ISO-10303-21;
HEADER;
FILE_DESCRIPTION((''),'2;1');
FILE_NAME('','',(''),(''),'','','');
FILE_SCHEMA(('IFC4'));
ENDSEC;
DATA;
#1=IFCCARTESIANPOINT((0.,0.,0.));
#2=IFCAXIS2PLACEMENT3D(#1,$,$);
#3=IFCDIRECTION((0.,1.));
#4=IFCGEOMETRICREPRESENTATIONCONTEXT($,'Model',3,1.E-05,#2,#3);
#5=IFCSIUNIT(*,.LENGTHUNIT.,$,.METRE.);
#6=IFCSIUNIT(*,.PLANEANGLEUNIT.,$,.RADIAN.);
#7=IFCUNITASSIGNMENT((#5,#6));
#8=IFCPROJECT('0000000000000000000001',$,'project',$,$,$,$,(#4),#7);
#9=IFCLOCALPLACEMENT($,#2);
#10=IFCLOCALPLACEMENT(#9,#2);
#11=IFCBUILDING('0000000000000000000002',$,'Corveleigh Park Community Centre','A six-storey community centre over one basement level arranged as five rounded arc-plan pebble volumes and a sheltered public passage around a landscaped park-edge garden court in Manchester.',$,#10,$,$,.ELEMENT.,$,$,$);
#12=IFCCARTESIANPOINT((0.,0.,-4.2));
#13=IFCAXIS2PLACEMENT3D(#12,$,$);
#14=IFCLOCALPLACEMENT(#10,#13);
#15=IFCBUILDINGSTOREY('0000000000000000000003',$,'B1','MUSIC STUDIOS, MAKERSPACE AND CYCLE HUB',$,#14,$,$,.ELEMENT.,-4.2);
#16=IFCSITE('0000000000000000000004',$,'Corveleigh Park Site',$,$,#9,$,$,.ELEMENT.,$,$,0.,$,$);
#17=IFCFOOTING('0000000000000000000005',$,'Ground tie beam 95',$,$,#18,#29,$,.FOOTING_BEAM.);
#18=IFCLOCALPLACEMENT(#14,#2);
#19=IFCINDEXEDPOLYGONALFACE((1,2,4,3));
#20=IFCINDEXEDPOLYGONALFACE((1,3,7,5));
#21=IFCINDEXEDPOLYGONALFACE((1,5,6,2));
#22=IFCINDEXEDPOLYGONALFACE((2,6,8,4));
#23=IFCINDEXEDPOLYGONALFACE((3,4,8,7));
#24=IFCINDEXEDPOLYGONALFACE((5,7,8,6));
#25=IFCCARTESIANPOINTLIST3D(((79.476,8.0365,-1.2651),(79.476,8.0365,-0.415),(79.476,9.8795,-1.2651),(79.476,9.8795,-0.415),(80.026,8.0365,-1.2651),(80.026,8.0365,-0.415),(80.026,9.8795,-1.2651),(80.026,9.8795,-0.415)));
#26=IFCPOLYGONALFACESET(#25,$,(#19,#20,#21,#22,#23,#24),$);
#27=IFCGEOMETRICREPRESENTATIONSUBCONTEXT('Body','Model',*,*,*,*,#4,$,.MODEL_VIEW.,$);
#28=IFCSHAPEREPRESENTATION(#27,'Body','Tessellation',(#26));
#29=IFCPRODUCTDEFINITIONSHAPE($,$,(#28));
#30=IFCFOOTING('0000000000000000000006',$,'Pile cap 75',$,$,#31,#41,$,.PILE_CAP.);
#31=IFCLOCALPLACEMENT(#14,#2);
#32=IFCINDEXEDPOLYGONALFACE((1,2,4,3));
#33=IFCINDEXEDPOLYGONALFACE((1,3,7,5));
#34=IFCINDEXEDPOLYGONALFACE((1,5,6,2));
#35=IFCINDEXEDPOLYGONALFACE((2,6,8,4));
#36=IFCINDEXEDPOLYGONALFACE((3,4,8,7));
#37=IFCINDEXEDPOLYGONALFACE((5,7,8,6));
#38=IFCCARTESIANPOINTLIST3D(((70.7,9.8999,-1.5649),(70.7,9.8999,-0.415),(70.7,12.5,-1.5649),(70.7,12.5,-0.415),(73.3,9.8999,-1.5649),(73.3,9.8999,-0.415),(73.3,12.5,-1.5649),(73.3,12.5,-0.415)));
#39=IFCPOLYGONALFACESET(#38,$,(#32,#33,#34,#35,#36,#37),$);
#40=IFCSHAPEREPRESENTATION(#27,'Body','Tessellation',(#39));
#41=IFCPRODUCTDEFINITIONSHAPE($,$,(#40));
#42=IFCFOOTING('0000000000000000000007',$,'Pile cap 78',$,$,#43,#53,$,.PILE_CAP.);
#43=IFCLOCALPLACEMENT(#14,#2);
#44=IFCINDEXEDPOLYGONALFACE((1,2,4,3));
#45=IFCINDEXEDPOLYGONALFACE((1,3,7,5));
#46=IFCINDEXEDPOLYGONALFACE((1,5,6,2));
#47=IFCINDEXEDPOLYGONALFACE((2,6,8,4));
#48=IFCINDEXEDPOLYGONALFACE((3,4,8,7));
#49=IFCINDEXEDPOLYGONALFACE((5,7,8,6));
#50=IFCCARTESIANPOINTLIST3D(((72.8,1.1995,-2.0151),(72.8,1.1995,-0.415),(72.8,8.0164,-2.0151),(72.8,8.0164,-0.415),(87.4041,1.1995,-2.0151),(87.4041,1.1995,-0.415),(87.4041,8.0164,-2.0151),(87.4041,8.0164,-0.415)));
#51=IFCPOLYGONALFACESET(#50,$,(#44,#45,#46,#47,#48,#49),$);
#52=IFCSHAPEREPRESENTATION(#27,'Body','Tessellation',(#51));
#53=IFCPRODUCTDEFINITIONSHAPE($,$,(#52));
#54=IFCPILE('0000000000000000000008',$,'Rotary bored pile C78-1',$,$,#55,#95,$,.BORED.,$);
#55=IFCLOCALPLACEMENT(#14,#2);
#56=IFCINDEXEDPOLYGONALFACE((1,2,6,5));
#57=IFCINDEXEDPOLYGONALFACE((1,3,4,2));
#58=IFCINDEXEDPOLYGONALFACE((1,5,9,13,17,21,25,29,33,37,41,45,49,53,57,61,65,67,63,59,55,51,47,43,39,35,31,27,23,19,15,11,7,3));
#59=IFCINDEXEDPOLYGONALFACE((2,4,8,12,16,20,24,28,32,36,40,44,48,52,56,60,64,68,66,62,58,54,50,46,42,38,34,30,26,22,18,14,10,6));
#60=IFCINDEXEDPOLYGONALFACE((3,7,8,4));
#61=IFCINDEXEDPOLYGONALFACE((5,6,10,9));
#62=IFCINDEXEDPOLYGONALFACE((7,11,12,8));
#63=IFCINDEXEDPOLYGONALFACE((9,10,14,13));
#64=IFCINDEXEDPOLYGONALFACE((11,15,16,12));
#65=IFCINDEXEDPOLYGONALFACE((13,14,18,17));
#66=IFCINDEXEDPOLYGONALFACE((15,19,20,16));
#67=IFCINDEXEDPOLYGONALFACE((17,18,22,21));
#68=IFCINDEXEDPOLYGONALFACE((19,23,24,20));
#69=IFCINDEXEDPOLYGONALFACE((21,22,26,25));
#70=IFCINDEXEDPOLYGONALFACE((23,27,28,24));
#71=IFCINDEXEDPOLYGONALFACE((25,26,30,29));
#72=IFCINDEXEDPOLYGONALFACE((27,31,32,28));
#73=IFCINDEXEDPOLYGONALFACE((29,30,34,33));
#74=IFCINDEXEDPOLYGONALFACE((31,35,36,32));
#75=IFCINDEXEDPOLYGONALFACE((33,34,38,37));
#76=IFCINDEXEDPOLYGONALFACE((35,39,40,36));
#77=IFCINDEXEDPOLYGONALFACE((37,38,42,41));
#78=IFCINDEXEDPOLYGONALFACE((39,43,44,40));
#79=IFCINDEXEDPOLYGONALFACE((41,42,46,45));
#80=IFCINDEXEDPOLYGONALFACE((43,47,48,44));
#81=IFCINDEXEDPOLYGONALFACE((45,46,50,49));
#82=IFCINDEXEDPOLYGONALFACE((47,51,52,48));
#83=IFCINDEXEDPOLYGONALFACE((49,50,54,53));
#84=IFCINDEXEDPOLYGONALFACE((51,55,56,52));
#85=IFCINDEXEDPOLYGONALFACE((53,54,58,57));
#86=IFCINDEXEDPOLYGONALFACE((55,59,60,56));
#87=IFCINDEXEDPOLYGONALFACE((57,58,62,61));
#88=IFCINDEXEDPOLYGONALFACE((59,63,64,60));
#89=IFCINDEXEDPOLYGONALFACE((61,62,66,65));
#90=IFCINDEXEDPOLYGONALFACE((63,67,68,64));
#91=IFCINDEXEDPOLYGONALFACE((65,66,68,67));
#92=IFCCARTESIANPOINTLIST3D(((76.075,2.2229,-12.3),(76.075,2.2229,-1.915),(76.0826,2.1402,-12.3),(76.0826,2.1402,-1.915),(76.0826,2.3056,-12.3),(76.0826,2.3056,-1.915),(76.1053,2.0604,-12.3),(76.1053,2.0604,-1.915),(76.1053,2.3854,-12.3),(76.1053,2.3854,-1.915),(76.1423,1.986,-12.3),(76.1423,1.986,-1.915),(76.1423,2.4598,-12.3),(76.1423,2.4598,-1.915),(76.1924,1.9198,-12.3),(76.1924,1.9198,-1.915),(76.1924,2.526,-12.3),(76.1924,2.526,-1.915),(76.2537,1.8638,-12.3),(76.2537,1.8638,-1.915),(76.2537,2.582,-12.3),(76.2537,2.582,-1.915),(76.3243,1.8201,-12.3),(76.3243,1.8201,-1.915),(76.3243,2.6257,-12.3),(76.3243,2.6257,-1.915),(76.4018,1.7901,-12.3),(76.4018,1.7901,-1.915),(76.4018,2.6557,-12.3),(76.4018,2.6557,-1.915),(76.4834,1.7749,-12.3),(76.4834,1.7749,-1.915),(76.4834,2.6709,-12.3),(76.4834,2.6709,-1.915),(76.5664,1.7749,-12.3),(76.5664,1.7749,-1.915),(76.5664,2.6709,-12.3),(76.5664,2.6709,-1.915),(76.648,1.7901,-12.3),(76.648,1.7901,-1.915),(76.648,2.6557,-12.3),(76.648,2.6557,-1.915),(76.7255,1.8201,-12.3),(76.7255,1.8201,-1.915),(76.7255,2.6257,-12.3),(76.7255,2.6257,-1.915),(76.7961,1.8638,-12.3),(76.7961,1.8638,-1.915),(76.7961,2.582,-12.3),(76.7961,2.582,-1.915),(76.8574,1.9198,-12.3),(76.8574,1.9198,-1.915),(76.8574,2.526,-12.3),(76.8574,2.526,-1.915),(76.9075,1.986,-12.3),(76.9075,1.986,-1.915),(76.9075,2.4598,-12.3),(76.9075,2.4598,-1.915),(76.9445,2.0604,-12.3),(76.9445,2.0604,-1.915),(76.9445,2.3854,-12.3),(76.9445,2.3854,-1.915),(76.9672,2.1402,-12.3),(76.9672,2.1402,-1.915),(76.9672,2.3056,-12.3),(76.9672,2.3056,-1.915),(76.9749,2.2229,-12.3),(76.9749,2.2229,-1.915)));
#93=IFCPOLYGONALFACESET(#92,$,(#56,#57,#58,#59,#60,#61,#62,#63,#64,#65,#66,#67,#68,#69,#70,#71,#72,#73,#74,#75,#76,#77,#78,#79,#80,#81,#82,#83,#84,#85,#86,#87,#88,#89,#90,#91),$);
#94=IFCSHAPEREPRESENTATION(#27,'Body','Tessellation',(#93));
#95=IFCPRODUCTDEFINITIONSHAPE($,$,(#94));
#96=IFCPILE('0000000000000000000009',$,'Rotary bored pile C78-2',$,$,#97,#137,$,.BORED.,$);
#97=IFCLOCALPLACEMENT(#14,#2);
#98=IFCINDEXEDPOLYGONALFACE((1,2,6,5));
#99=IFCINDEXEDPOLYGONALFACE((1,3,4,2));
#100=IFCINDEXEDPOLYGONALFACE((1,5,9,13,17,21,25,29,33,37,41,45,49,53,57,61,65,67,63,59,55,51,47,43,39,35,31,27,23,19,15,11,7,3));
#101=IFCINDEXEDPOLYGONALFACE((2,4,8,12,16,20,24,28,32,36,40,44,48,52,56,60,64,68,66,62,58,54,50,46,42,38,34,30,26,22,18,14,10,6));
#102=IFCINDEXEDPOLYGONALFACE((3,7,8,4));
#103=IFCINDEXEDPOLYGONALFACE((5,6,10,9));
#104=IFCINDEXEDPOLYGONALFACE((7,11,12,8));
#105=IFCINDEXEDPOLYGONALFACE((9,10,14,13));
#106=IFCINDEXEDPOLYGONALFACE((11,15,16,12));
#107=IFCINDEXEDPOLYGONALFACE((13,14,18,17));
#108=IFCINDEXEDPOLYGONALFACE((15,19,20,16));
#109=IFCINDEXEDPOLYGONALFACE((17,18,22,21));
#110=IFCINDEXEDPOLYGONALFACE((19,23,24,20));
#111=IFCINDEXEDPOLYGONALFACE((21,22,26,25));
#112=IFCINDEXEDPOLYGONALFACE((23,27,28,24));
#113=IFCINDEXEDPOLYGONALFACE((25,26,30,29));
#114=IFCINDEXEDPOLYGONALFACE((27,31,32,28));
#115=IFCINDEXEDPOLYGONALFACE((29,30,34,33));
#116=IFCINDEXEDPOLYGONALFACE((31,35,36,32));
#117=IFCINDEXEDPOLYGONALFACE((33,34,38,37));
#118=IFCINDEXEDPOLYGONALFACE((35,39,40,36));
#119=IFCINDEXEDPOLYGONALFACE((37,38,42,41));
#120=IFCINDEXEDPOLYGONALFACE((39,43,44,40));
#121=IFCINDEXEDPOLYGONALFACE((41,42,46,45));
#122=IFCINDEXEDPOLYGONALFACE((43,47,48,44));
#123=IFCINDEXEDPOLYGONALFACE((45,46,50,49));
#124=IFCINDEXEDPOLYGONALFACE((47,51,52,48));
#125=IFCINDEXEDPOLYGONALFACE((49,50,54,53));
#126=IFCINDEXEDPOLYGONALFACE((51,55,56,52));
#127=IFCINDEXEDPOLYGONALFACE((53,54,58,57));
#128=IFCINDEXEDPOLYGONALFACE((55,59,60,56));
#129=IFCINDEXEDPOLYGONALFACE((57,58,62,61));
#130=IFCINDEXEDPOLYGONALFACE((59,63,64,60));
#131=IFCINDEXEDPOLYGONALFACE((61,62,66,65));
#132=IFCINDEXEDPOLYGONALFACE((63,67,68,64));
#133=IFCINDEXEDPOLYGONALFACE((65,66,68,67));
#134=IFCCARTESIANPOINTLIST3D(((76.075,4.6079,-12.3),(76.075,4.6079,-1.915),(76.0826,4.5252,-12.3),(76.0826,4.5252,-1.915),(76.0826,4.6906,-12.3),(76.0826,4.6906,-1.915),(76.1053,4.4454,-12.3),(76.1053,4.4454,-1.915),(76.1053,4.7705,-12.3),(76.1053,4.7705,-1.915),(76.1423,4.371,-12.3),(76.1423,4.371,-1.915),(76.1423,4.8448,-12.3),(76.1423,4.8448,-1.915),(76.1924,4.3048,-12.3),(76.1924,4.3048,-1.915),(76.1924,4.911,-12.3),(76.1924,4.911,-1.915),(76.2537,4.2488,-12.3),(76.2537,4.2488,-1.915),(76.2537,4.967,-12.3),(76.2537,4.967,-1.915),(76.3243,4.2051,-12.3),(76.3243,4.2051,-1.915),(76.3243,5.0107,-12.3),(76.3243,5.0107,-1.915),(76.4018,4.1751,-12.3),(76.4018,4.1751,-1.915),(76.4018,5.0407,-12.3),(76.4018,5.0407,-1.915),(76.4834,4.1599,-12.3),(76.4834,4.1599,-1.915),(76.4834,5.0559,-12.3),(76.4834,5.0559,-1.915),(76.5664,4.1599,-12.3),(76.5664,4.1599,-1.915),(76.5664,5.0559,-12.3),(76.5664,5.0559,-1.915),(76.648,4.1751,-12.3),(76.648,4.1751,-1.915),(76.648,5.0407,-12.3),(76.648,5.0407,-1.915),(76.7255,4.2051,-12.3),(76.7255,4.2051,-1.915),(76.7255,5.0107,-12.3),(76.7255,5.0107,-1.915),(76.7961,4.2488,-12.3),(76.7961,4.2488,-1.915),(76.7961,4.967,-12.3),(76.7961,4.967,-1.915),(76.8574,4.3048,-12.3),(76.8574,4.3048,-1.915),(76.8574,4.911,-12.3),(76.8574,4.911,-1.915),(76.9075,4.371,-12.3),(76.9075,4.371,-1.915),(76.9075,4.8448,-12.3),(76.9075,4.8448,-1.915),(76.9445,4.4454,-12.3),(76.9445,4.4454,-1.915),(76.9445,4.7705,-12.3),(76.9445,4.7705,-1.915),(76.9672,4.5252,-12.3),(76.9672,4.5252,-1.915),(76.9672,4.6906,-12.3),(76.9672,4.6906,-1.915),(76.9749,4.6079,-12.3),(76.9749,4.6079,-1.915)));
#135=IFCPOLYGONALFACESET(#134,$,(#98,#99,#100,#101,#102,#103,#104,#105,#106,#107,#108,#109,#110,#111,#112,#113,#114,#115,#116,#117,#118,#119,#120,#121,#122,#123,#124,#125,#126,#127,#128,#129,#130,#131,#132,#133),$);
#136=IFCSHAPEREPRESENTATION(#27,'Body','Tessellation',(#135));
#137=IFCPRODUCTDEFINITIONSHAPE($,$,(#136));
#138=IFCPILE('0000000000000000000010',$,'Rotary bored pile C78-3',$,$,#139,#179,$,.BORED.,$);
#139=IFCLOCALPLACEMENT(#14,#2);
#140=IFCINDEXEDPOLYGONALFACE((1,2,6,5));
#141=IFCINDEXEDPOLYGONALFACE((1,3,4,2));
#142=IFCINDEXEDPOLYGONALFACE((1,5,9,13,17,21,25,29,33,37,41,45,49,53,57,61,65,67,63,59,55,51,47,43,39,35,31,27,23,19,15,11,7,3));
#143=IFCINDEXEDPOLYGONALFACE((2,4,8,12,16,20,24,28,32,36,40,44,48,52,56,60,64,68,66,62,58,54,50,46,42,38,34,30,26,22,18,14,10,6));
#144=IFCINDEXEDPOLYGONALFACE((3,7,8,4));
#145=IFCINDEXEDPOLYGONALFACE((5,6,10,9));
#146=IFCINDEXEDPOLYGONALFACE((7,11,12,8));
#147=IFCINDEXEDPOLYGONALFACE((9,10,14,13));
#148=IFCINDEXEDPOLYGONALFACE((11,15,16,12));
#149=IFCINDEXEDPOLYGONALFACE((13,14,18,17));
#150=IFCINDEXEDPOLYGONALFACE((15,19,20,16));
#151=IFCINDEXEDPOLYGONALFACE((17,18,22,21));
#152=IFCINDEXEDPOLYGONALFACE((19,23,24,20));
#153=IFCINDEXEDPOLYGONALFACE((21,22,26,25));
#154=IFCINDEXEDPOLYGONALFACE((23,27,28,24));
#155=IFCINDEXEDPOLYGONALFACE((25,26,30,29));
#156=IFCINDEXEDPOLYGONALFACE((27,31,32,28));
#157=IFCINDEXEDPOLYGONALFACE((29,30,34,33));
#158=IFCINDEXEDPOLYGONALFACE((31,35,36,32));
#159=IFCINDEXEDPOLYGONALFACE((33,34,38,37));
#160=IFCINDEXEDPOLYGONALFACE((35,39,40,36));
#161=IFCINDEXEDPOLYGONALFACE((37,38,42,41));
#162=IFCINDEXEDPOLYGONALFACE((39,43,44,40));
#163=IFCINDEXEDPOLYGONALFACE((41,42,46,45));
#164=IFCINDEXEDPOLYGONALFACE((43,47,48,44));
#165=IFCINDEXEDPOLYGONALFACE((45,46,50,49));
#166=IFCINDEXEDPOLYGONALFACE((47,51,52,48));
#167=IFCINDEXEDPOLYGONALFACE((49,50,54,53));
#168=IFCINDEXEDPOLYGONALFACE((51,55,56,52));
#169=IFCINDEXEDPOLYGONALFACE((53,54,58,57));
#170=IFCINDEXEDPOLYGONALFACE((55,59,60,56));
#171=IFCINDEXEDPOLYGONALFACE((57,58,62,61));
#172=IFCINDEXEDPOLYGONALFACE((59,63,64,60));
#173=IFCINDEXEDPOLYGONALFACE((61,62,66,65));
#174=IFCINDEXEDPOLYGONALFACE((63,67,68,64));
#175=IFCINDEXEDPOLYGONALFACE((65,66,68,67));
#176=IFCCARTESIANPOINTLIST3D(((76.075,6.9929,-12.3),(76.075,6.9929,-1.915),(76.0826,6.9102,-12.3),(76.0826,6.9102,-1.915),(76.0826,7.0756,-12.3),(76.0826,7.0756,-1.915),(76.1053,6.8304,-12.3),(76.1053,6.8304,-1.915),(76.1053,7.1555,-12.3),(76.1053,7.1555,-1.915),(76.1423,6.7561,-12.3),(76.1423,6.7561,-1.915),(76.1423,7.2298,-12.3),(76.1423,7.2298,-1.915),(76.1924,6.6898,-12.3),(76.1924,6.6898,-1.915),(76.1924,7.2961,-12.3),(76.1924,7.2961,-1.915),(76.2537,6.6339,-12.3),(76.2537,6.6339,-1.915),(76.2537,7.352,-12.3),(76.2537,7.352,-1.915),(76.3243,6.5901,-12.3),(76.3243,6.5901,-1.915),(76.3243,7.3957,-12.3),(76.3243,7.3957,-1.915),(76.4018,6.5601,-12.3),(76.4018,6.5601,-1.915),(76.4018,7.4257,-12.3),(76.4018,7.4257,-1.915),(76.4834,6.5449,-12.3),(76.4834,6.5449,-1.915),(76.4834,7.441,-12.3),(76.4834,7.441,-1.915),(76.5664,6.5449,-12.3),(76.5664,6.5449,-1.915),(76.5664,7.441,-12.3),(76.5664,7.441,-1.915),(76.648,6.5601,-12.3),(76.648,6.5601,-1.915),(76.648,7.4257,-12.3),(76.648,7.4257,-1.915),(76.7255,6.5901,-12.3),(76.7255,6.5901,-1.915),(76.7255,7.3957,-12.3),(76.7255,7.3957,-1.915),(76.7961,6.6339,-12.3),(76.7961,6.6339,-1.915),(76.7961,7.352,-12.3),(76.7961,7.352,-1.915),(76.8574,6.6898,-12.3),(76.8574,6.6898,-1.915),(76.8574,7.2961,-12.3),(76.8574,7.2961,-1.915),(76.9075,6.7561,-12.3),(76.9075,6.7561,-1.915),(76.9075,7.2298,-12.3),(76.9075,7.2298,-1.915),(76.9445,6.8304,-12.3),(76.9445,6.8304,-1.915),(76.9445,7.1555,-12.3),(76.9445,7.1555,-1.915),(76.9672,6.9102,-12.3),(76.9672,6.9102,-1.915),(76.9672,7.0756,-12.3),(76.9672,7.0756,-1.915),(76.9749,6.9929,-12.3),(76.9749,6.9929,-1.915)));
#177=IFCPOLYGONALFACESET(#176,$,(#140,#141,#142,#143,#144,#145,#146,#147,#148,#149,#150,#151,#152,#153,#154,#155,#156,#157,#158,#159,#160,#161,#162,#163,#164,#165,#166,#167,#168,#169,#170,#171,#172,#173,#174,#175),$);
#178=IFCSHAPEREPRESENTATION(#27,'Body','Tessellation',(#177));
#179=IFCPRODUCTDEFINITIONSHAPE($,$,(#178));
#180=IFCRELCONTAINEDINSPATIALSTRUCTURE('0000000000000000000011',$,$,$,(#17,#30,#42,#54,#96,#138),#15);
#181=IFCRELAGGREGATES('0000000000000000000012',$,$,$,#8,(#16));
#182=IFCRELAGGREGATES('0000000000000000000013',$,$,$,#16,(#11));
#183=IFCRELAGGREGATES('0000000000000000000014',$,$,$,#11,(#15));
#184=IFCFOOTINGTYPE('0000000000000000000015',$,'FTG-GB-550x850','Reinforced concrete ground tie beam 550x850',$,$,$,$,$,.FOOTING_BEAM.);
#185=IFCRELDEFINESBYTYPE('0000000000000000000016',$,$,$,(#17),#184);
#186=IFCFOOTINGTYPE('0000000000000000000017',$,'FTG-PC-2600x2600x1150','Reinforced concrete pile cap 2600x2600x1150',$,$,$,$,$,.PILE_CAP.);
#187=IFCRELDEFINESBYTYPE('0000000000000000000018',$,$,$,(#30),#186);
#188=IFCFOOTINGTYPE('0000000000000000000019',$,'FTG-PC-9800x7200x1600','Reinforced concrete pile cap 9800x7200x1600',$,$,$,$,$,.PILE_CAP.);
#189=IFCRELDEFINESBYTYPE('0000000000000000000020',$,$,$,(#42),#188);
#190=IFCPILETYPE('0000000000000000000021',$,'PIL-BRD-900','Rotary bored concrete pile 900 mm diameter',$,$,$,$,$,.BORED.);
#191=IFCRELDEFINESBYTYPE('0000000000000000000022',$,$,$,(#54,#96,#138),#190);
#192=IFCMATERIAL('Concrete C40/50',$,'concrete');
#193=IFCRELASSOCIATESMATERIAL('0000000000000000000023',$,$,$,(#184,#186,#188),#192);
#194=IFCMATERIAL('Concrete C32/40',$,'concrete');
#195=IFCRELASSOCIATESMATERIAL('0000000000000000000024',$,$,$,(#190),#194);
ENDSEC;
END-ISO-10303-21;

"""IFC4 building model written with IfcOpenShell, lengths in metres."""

from ifc_helpers import new_model, si_unit, direction, frame, origin, origin_2d, place, context, subcontext, project, spatial, rectangle, circle, extrude, material, material_profile, profile_set, type_object, element, save


model = new_model("IFC4")

# Units and contexts
model_context = context("Model", 3, precision=1e-05, world=origin(), true_north=direction((0.0, 1.0)))
body_context = subcontext(model_context, "Body", "Model", "MODEL_VIEW")
ifc_project = project(units=[si_unit("LENGTHUNIT", "METRE"), si_unit("PLANEANGLEUNIT", "RADIAN")], contexts=[model_context])

# Site, building, storey
site_placement = place(None, origin())
site = spatial("IfcSite", under=ifc_project, at=site_placement, Name="Corveleigh Park Site", CompositionType="ELEMENT", RefElevation=0.0)
building_placement = place(site_placement, origin())
building = spatial("IfcBuilding", under=site, at=building_placement, Name="Corveleigh Park Community Centre", Description="A six-storey community centre over one basement level arranged as five rounded arc-plan pebble volumes and a sheltered public passage around a landscaped park-edge garden court in Manchester.", CompositionType="ELEMENT")
storey_placement = place(building_placement, frame((0.0, 0.0, -4.2)))
storey = spatial("IfcBuildingStorey", under=building, at=storey_placement, Name="B1", Description="MUSIC STUDIOS, MAKERSPACE AND CYCLE HUB", CompositionType="ELEMENT", Elevation=-4.2)

# Footings
ifc_material_1 = material(Name="Concrete C40/50", Category="concrete")
footing_type_1 = type_object("IfcFootingType", Name="FTG-GB-550x850", Description="Reinforced concrete ground tie beam 550x850", PredefinedType="FOOTING_BEAM", material=ifc_material_1)
footing_1_placement = place(storey_placement, frame((79.751, 8.958, -1.2651), z_axis=(0.0, 0.0, 1.0), x_axis=(1.0, 0.0, 0.0)))
element("IfcFooting", 1, at=footing_1_placement, inside=storey, type_object=footing_type_1, Name="Ground tie beam 95", PredefinedType="FOOTING_BEAM", context=body_context, shape_type="SweptSolid", body=[
    extrude(rectangle(XDim=0.55, YDim=1.843, at=origin_2d()), origin(), (0.0, 0.0, 1.0), 0.8501),
])
footing_type_2 = type_object("IfcFootingType", Name="FTG-PC-2600x2600x1150", Description="Reinforced concrete pile cap 2600x2600x1150", PredefinedType="PILE_CAP", material=ifc_material_1)
footing_2_placement = place(storey_placement, frame((72.0, 11.2, -1.5649), z_axis=(0.0, 0.0, 1.0), x_axis=(1.0, 0.0, 0.0)))
element("IfcFooting", 2, at=footing_2_placement, inside=storey, type_object=footing_type_2, Name="Pile cap 75", PredefinedType="PILE_CAP", context=body_context, shape_type="SweptSolid", body=[
    extrude(rectangle(XDim=2.6001, YDim=2.6001, at=origin_2d()), origin(), (0.0, 0.0, 1.0), 1.1499),
])
footing_type_3 = type_object("IfcFootingType", Name="FTG-PC-9800x7200x1600", Description="Reinforced concrete pile cap 9800x7200x1600", PredefinedType="PILE_CAP", material=ifc_material_1)
footing_3_placement = place(storey_placement, frame((80.1021, 4.6079, -2.0151), z_axis=(0.0, 0.0, 1.0), x_axis=(1.0, 0.0, 0.0)))
element("IfcFooting", 3, at=footing_3_placement, inside=storey, type_object=footing_type_3, Name="Pile cap 78", PredefinedType="PILE_CAP", context=body_context, shape_type="SweptSolid", body=[
    extrude(rectangle(XDim=14.604, YDim=6.8169, at=origin_2d()), origin(), (0.0, 0.0, 1.0), 1.6001),
])

# Piles
ifc_material_2 = material(Name="Concrete C32/40", Category="concrete")
ifc_material_profile_1 = material_profile(ifc_material_2, circle(Radius=0.45, at=origin_2d()), Name="BORED-PILE-900", Category="concrete")
ifc_profile_set_1 = profile_set([ifc_material_profile_1], Name="Concrete C32/40")
pile_type = type_object("IfcPileType", Name="PIL-BRD-900", Description="Rotary bored concrete pile 900 mm diameter", PredefinedType="BORED", material=ifc_profile_set_1)
for number, where, z_axis, x_axis, name in (
    (4, (76.5249, 2.2229, -1.915), (0.0, 0.0, -1.0), (1.0, 0.0, 0.0), "Rotary bored pile C78-1"),
    (5, (76.5249, 4.6079, -1.915), (0.0, 0.0, -1.0), (1.0, 0.0, 0.0), "Rotary bored pile C78-2"),
    (6, (76.5249, 6.9929, -1.915), (0.0, 0.0, -1.0), (1.0, 0.0, 0.0), "Rotary bored pile C78-3"),
):
    element("IfcPile", number, at=place(storey_placement, frame(where, z_axis=z_axis, x_axis=x_axis)), inside=storey, type_object=pile_type, Name=name, PredefinedType="BORED", context=body_context, shape_type="SweptSolid", body=[
        extrude(circle(Radius=0.45, at=origin_2d()), origin(), (0.0, 0.0, 1.0), 10.385),
    ])

save(model, "model.ifc")
